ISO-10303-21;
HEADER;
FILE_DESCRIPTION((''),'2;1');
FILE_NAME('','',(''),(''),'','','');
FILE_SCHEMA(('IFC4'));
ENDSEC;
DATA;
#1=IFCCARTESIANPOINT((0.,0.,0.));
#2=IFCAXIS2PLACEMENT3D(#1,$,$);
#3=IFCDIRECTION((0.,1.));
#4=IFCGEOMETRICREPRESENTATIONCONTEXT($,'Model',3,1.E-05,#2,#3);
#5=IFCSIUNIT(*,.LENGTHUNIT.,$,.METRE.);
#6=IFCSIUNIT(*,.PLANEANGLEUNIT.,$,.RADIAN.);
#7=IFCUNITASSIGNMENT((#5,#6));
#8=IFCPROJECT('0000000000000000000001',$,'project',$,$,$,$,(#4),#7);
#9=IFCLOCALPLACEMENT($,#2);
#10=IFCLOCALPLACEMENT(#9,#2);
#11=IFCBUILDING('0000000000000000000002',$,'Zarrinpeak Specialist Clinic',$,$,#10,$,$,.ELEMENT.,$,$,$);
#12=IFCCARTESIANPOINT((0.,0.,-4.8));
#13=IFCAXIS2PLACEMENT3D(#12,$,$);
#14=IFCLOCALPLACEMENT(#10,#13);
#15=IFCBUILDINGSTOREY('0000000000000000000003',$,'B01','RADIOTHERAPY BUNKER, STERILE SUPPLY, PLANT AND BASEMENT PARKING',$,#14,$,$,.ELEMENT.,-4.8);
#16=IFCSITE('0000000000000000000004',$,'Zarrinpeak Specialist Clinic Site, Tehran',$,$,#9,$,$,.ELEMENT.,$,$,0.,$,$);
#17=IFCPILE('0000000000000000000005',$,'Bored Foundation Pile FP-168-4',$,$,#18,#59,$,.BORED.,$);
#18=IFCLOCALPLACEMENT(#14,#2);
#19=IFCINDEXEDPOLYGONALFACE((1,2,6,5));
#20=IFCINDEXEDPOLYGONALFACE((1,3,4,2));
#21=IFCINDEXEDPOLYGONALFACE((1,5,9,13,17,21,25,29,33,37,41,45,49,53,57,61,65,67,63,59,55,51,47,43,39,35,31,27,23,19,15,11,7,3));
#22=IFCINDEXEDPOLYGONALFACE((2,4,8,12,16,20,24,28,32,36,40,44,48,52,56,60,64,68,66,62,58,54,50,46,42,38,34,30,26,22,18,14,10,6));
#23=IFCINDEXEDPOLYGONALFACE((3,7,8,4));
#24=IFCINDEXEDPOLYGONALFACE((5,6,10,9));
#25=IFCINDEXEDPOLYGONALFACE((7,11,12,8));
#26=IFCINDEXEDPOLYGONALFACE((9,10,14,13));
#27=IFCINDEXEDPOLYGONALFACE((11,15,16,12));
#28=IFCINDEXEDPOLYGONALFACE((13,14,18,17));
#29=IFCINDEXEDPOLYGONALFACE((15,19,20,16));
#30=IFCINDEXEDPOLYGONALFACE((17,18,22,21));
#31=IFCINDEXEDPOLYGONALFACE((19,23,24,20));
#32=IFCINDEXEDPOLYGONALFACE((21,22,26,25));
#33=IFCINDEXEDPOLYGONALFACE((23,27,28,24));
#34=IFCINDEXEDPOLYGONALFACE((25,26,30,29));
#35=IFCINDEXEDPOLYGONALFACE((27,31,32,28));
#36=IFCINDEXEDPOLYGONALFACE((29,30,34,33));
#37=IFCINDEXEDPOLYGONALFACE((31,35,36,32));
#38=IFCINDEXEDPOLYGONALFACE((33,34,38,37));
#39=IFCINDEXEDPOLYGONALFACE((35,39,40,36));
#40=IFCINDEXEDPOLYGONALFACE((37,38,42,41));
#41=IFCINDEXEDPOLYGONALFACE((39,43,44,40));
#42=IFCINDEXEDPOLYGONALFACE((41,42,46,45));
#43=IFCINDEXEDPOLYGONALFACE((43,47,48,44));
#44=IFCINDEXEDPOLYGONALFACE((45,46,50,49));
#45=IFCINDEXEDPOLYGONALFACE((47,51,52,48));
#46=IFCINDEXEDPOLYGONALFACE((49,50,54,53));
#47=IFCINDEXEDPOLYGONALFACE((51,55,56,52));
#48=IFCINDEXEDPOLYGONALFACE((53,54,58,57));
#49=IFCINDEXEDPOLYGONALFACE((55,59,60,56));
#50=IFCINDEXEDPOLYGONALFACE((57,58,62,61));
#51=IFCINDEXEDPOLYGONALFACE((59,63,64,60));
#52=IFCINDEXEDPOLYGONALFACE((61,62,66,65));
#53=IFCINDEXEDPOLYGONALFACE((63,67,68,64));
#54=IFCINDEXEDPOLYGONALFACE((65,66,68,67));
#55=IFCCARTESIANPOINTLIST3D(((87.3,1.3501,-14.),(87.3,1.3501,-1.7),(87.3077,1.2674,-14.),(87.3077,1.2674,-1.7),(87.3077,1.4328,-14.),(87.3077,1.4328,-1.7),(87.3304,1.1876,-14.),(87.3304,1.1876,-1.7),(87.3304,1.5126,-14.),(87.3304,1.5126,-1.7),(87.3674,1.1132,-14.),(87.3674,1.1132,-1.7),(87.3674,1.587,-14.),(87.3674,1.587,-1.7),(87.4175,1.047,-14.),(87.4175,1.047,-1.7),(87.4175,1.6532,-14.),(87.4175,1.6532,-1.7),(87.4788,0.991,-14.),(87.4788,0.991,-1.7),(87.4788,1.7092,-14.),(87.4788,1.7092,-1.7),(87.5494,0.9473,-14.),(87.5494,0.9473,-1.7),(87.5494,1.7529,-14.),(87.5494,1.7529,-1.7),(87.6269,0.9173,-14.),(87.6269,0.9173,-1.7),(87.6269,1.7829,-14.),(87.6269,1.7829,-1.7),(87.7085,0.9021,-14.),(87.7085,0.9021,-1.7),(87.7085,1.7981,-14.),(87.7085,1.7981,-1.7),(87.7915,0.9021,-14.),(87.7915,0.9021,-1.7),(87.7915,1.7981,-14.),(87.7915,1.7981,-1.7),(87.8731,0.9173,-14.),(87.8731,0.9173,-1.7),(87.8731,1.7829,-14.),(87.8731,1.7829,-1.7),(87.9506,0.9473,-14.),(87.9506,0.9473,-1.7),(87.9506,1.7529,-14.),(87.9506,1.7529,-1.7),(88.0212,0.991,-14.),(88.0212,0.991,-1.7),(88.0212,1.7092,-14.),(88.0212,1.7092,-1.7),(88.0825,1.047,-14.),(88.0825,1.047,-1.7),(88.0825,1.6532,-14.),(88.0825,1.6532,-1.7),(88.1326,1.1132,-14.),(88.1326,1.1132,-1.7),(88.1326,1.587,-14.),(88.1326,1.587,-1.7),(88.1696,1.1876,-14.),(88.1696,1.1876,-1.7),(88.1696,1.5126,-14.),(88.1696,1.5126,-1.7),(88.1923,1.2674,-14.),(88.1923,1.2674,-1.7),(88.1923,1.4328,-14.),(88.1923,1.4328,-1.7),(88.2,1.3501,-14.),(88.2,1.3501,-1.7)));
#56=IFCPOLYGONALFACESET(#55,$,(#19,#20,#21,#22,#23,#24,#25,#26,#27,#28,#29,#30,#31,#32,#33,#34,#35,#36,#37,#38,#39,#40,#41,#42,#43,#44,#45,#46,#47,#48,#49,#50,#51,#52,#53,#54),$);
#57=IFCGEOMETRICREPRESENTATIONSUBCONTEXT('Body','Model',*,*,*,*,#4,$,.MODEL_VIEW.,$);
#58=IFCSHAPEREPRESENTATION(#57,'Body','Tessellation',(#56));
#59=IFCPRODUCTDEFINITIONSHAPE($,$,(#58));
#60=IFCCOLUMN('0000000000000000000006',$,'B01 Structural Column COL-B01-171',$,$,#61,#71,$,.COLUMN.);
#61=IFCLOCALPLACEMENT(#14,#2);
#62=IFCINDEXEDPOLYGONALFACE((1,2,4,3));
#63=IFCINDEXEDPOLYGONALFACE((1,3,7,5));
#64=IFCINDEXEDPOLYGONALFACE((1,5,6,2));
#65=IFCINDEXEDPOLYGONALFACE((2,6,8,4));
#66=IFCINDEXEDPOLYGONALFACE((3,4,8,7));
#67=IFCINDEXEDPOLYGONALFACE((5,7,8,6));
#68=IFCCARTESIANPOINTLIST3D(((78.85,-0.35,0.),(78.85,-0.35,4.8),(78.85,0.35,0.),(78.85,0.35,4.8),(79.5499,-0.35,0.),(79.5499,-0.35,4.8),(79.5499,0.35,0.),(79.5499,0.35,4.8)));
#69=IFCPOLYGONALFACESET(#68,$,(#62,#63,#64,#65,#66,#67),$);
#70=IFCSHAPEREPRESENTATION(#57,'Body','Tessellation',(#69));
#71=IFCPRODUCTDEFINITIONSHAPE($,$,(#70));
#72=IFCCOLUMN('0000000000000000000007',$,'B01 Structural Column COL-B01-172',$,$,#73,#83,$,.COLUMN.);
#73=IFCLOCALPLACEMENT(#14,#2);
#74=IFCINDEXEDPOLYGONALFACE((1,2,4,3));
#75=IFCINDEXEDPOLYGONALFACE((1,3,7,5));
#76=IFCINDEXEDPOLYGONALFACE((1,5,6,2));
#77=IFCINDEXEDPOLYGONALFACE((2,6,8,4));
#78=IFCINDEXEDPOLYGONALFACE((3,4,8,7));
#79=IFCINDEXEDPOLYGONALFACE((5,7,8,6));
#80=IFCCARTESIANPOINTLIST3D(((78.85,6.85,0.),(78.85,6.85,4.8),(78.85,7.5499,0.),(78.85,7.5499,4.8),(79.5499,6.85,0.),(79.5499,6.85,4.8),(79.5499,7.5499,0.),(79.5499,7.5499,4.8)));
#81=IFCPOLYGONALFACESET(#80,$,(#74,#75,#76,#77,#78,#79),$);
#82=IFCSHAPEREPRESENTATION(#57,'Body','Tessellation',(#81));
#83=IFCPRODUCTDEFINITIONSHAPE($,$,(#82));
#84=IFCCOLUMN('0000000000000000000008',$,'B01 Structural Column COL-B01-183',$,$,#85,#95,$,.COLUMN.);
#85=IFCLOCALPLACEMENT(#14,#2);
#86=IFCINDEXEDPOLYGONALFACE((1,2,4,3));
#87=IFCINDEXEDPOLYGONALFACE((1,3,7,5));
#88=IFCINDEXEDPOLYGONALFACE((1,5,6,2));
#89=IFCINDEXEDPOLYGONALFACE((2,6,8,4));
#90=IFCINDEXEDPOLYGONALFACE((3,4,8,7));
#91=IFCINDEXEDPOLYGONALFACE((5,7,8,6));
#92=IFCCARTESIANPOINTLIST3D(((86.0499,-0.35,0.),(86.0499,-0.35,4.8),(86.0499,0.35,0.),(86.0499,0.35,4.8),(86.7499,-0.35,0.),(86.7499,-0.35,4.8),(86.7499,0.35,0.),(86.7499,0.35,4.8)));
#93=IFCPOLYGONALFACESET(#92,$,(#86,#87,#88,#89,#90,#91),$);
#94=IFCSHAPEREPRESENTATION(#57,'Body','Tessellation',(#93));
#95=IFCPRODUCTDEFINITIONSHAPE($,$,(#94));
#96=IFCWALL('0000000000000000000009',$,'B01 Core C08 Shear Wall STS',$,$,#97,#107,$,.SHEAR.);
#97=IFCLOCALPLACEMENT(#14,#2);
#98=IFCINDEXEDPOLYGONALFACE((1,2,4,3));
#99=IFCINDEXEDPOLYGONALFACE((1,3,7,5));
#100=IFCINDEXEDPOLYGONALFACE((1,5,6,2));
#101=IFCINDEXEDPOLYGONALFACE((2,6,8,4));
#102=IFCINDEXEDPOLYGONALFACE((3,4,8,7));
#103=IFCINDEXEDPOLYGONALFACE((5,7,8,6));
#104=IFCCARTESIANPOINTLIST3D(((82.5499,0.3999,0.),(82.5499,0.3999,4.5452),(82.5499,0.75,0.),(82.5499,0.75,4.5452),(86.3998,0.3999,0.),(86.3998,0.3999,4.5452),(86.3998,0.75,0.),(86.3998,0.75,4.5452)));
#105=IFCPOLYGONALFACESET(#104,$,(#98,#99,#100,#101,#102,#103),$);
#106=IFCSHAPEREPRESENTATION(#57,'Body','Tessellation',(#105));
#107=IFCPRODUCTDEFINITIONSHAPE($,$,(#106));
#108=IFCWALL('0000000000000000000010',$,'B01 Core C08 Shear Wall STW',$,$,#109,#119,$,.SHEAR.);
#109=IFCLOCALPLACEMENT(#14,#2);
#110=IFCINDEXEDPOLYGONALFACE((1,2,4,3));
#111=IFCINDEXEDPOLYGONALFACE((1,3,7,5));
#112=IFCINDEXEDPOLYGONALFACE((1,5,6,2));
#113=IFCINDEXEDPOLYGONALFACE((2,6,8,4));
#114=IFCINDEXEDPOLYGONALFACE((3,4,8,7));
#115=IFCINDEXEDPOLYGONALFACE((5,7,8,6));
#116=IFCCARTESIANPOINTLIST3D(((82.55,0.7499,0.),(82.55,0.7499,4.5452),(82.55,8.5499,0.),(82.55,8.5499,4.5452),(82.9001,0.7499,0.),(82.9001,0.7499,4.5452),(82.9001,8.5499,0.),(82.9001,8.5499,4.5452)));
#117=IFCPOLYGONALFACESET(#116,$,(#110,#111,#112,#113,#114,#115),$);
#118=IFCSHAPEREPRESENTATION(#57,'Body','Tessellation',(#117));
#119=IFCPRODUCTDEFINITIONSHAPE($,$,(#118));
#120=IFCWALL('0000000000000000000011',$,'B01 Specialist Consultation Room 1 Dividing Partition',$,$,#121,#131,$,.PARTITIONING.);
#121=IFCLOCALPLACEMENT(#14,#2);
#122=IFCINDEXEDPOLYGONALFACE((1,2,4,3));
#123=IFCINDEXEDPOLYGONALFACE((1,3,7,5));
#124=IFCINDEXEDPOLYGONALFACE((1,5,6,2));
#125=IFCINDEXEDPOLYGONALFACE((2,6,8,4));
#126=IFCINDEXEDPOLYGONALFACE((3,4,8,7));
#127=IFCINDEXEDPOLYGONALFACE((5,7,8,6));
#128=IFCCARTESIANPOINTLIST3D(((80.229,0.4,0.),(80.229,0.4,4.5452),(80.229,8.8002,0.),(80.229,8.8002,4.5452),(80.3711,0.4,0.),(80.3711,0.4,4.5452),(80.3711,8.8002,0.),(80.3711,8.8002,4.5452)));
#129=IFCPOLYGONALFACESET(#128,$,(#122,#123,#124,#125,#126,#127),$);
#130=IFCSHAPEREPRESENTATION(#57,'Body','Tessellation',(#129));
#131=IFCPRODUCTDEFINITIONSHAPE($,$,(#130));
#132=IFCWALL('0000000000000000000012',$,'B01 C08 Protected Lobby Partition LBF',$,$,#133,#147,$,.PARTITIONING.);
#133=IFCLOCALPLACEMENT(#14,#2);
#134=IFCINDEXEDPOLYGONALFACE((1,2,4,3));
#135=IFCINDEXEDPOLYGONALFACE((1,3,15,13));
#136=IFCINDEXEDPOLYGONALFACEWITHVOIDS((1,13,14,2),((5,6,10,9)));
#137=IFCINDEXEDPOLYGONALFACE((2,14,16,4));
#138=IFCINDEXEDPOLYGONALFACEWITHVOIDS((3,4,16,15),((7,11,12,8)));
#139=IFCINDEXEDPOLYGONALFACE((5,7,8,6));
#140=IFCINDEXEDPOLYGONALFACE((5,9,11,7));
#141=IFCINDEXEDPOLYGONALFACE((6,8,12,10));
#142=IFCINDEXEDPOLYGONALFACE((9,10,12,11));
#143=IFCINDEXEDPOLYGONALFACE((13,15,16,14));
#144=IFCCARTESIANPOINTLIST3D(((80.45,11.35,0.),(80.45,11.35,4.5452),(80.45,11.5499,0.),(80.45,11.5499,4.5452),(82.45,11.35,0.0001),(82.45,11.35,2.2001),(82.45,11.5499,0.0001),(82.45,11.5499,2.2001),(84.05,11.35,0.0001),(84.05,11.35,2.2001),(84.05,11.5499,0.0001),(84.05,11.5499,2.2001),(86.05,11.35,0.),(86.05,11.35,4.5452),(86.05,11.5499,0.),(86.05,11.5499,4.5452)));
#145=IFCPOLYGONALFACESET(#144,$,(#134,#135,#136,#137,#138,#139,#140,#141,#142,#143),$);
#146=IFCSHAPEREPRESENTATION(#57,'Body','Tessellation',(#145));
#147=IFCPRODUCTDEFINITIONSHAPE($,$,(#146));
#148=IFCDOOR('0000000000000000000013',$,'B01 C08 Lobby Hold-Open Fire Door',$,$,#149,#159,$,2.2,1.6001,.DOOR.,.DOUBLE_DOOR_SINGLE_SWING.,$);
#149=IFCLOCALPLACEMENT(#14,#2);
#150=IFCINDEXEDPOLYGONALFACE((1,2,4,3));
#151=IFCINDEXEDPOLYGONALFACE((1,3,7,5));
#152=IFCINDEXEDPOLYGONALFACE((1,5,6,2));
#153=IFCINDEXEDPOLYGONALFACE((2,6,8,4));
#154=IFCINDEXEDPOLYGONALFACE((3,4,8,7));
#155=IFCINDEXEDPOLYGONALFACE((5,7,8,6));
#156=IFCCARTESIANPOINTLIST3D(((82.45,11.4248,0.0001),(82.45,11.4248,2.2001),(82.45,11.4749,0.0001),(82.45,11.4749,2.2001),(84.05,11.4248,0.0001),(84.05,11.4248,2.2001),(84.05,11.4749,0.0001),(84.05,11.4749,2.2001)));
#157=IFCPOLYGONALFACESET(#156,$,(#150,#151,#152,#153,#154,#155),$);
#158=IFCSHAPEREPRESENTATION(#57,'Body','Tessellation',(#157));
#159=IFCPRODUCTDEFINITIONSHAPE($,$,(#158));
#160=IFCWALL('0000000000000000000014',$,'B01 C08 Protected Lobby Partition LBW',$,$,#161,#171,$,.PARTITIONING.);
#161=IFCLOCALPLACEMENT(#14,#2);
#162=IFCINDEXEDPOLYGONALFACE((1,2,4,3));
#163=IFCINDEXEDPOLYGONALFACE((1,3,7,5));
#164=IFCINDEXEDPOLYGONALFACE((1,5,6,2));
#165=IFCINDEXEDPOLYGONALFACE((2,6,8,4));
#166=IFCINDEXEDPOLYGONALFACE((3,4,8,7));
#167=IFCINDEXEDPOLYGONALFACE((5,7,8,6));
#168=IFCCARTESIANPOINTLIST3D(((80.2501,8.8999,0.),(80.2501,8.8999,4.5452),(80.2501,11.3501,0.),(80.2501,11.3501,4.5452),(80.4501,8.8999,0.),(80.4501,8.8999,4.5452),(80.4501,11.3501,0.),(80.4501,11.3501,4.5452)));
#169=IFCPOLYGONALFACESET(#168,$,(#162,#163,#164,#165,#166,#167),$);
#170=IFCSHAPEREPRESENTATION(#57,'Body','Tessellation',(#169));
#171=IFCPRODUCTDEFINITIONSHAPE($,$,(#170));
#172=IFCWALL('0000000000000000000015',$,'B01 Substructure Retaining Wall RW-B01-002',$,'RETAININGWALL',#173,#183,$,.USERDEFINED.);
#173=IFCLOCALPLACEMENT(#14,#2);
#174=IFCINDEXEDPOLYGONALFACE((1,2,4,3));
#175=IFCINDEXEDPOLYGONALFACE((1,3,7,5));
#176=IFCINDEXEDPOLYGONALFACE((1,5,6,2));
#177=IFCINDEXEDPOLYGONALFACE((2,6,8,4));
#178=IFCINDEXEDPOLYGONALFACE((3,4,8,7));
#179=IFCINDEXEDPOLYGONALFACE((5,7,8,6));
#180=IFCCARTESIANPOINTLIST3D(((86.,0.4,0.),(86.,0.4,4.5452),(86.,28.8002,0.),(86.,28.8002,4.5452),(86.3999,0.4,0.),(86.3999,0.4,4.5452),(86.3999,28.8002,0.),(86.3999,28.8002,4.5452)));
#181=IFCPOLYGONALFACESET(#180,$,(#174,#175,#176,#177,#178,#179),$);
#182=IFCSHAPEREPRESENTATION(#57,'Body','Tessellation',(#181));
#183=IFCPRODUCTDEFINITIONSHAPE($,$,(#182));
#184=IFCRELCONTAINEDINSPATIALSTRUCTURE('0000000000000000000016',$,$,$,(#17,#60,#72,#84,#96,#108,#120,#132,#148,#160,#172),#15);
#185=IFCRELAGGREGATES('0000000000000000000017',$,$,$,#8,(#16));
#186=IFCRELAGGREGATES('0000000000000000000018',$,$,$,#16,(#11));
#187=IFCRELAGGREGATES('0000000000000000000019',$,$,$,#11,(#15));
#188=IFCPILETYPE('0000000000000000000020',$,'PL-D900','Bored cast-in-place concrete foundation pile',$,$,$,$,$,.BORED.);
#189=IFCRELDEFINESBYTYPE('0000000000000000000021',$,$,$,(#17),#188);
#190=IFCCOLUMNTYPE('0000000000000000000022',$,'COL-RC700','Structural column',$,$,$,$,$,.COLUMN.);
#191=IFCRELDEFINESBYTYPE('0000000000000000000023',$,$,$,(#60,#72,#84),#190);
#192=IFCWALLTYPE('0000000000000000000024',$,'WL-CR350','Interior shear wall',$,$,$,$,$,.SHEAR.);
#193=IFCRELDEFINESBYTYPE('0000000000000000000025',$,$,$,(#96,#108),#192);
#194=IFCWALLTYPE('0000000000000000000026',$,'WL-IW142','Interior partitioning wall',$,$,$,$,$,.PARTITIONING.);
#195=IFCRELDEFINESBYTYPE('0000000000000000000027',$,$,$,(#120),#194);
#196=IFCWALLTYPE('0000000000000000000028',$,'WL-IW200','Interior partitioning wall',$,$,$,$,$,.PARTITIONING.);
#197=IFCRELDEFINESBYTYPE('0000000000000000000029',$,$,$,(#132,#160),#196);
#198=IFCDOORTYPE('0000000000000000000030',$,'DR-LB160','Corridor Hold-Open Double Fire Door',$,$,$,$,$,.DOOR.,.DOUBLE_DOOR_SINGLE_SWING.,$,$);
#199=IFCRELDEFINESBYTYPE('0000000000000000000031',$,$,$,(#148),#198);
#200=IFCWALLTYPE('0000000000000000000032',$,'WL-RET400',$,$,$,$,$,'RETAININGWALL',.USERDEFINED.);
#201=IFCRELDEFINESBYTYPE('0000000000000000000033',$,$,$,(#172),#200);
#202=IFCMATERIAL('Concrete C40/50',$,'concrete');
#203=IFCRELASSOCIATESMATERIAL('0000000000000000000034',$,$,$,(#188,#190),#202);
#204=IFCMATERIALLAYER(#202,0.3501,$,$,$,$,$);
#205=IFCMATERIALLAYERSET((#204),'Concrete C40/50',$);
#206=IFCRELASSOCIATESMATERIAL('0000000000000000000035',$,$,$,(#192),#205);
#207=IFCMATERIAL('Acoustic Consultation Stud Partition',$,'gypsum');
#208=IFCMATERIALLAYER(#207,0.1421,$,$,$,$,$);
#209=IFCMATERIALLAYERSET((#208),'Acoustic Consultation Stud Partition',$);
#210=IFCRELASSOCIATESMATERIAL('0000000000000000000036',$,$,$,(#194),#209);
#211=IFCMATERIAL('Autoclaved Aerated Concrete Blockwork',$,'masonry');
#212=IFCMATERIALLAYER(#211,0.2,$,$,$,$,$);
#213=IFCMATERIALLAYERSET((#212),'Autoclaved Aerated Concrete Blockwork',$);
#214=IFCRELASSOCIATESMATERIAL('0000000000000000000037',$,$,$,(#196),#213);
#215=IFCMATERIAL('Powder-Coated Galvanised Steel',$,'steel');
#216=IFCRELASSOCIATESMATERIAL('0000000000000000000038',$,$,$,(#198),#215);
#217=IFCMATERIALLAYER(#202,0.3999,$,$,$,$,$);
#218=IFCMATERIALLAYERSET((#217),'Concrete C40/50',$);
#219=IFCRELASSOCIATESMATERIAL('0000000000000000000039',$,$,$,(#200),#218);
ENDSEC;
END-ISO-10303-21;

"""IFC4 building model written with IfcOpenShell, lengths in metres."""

from ifc_helpers import new_model, si_unit, direction, frame, frame_2d, origin, origin_2d, place, context, subcontext, project, spatial, rectangle, circle, extrude, material, layer, layer_set, material_profile, profile_set, type_object, element, fill, save


model = new_model("IFC4")

# Units and contexts
model_context = context("Model", 3, precision=1e-05, world=origin(), true_north=direction((0.0, 1.0)))
body_context = subcontext(model_context, "Body", "Model", "MODEL_VIEW")
ifc_project = project(units=[si_unit("LENGTHUNIT", "METRE"), si_unit("PLANEANGLEUNIT", "RADIAN")], contexts=[model_context])

# Site, building, storey
site_placement = place(None, origin())
site = spatial("IfcSite", under=ifc_project, at=site_placement, Name="Zarrinpeak Specialist Clinic Site, Tehran", CompositionType="ELEMENT", RefElevation=0.0)
building_placement = place(site_placement, origin())
building = spatial("IfcBuilding", under=site, at=building_placement, Name="Zarrinpeak Specialist Clinic", CompositionType="ELEMENT")
storey_placement = place(building_placement, frame((0.0, 0.0, -4.8)))
storey = spatial("IfcBuildingStorey", under=building, at=storey_placement, Name="B01", Description="RADIOTHERAPY BUNKER, STERILE SUPPLY, PLANT AND BASEMENT PARKING", CompositionType="ELEMENT", Elevation=-4.8)

# Shared definitions
ifc_material_1 = material(Name="Concrete C40/50", Category="concrete")

# Pile
ifc_material_profile_1 = material_profile(ifc_material_1, circle(Radius=0.45, at=origin_2d()), Name="BORED PILE D900")
ifc_profile_set_1 = profile_set([ifc_material_profile_1], Name="Concrete C40/50")
pile_type = type_object("IfcPileType", Name="PL-D900", Description="Bored cast-in-place concrete foundation pile", PredefinedType="BORED", material=ifc_profile_set_1)
for number, where, z_axis, x_axis, name in (
    (1, (87.75, 1.3501, -1.7), (0.0, 0.0, -1.0), (1.0, 0.0, 0.0), "Bored Foundation Pile FP-168-4"),
):
    element("IfcPile", number, at=place(storey_placement, frame(where, z_axis=z_axis, x_axis=x_axis)), inside=storey, type_object=pile_type, Name=name, PredefinedType="BORED", context=body_context, shape_type="SweptSolid", body=[
        extrude(circle(Radius=0.45, at=origin_2d()), origin(), (0.0, 0.0, 1.0), 12.3),
    ])

# Columns
ifc_material_profile_2 = material_profile(ifc_material_1, rectangle(XDim=0.7, YDim=0.7, at=origin_2d()), Name="RC 700x700")
ifc_profile_set_2 = profile_set([ifc_material_profile_2], Name="Concrete C40/50")
column_type = type_object("IfcColumnType", Name="COL-RC700", Description="Structural column", PredefinedType="COLUMN", material=ifc_profile_set_2)
for number, where, z_axis, x_axis, name in (
    (2, (79.2, 0.0, 0.0), (0.0, 0.0, 1.0), (1.0, 0.0, 0.0), "B01 Structural Column COL-B01-171"),
    (3, (79.2, 7.2, 0.0), (0.0, 0.0, 1.0), (1.0, 0.0, 0.0), "B01 Structural Column COL-B01-172"),
    (4, (86.3999, 0.0, 0.0), (0.0, 0.0, 1.0), (1.0, 0.0, 0.0), "B01 Structural Column COL-B01-183"),
):
    element("IfcColumn", number, at=place(storey_placement, frame(where, z_axis=z_axis, x_axis=x_axis)), inside=storey, type_object=column_type, Name=name, PredefinedType="COLUMN", context=body_context, shape_type="SweptSolid", body=[
        extrude(rectangle(XDim=0.7, YDim=0.7, at=origin_2d()), origin(), (0.0, 0.0, 1.0), 4.8),
    ])

# Wall
ifc_layer_1 = layer(ifc_material_1, 0.3501)
ifc_layer_set_1 = layer_set([ifc_layer_1], Name="Concrete C40/50")
wall_type_1 = type_object("IfcWallType", Name="WL-CR350", Description="Interior shear wall", PredefinedType="SHEAR", material=ifc_layer_set_1)
wall_1_placement = place(storey_placement, frame((82.55, 0.575, 0.0), z_axis=(0.0, 0.0, 1.0), x_axis=(1.0, 0.0, 0.0)))
element("IfcWall", 5, at=wall_1_placement, inside=storey, type_object=wall_type_1, Name="B01 Core C08 Shear Wall STS", PredefinedType="SHEAR", context=body_context, shape_type="SweptSolid", body=[
    extrude(rectangle(XDim=3.8499, YDim=0.3501, at=frame_2d((1.9248, 0.0))), origin(), (0.0, 0.0, 1.0), 4.5452),
])

# Shared definitions
ifc_material_2 = material(Name="Powder-Coated Galvanised Steel", Category="steel")

# Walls
wall_2_placement = place(storey_placement, frame((82.7251, 0.75, 0.0), z_axis=(0.0, 0.0, 1.0), x_axis=(0.0, 1.0, 0.0)))
element("IfcWall", 6, at=wall_2_placement, inside=storey, type_object=wall_type_1, Name="B01 Core C08 Shear Wall STW", PredefinedType="SHEAR", context=body_context, shape_type="SweptSolid", body=[
    extrude(rectangle(XDim=7.8, YDim=0.3501, at=frame_2d((3.8999, 0.0))), origin(), (0.0, 0.0, 1.0), 4.5452),
])
ifc_material_3 = material(Name="Acoustic Consultation Stud Partition", Category="gypsum")
ifc_layer_2 = layer(ifc_material_3, 0.1421)
ifc_layer_set_2 = layer_set([ifc_layer_2], Name="Acoustic Consultation Stud Partition")
wall_type_2 = type_object("IfcWallType", Name="WL-IW142", Description="Interior partitioning wall", PredefinedType="PARTITIONING", material=ifc_layer_set_2)
wall_3_placement = place(storey_placement, frame((80.3, 0.3999, 0.0), z_axis=(0.0, 0.0, 1.0), x_axis=(0.0, 1.0, 0.0)))
element("IfcWall", 7, at=wall_3_placement, inside=storey, type_object=wall_type_2, Name="B01 Specialist Consultation Room 1 Dividing Partition", PredefinedType="PARTITIONING", context=body_context, shape_type="SweptSolid", body=[
    extrude(rectangle(XDim=8.4001, YDim=0.1421, at=frame_2d((4.2002, 0.0))), origin(), (0.0, 0.0, 1.0), 4.5452),
])

# Wall, opening, door
ifc_material_4 = material(Name="Autoclaved Aerated Concrete Blockwork", Category="masonry")
ifc_layer_3 = layer(ifc_material_4, 0.2)
ifc_layer_set_3 = layer_set([ifc_layer_3], Name="Autoclaved Aerated Concrete Blockwork")
wall_type_3 = type_object("IfcWallType", Name="WL-IW200", Description="Interior partitioning wall", PredefinedType="PARTITIONING", material=ifc_layer_set_3)
wall_4_placement = place(storey_placement, frame((80.45, 11.45, 0.0), z_axis=(0.0, 0.0, 1.0), x_axis=(1.0, 0.0, 0.0)))
wall_4 = element("IfcWall", 8, at=wall_4_placement, inside=storey, type_object=wall_type_3, Name="B01 C08 Protected Lobby Partition LBF", PredefinedType="PARTITIONING", context=body_context, shape_type="SweptSolid", body=[
    extrude(rectangle(XDim=5.6001, YDim=0.2, at=frame_2d((2.8, 0.0))), origin(), (0.0, 0.0, 1.0), 4.5452),
])
opening_1_placement = place(wall_4_placement, frame((2.0, 0.0, 0.0)))
opening_1 = element("IfcOpeningElement", 9, at=opening_1_placement, cuts=wall_4, PredefinedType="OPENING", context=body_context, shape_type="SweptSolid", body=[
    extrude(rectangle(XDim=1.6001, YDim=2.2, at=frame_2d((0.8, 1.1001))), frame((0.0, 0.1099, 0.0), z_axis=(0.0, -1.0, 0.0), x_axis=(1.0, 0.0, 0.0)), (0.0, 0.0, 1.0), 0.22),
])
door_type_1 = type_object("IfcDoorType", Name="DR-LB160", Description="Corridor Hold-Open Double Fire Door", OperationType="DOUBLE_DOOR_SINGLE_SWING", PredefinedType="DOOR", material=ifc_material_2)
door_1_placement = place(opening_1_placement, origin())
door_1 = element("IfcDoor", 10, at=door_1_placement, inside=storey, type_object=door_type_1, Name="B01 C08 Lobby Hold-Open Fire Door", OperationType="DOUBLE_DOOR_SINGLE_SWING", OverallHeight=2.2, OverallWidth=1.6001, PredefinedType="DOOR", context=body_context, shape_type="SweptSolid", body=[
    extrude(rectangle(XDim=1.6001, YDim=2.2, at=frame_2d((0.8, 1.1001))), frame((0.0, 0.0249, 0.0), z_axis=(0.0, -1.0, 0.0), x_axis=(1.0, 0.0, 0.0)), (0.0, 0.0, 1.0), 0.05),
])
fill(opening_1, door_1)

# Walls
wall_5_placement = place(storey_placement, frame((80.3501, 8.8999, 0.0), z_axis=(0.0, 0.0, 1.0), x_axis=(0.0, 1.0, 0.0)))
element("IfcWall", 11, at=wall_5_placement, inside=storey, type_object=wall_type_3, Name="B01 C08 Protected Lobby Partition LBW", PredefinedType="PARTITIONING", context=body_context, shape_type="SweptSolid", body=[
    extrude(rectangle(XDim=2.4502, YDim=0.2, at=frame_2d((1.2251, 0.0))), origin(), (0.0, 0.0, 1.0), 4.5452),
])
ifc_layer_4 = layer(ifc_material_1, 0.3999)
ifc_layer_set_4 = layer_set([ifc_layer_4], Name="Concrete C40/50")
wall_type_4 = type_object("IfcWallType", Name="WL-RET400", ElementType="RETAININGWALL", PredefinedType="USERDEFINED", material=ifc_layer_set_4)
wall_6_placement = place(storey_placement, frame((86.2, 0.3999, 0.0), z_axis=(0.0, 0.0, 1.0), x_axis=(0.0, 1.0, 0.0)))
element("IfcWall", 12, at=wall_6_placement, inside=storey, type_object=wall_type_4, Name="B01 Substructure Retaining Wall RW-B01-002", ObjectType="RETAININGWALL", PredefinedType="USERDEFINED", context=body_context, shape_type="SweptSolid", body=[
    extrude(rectangle(XDim=28.4001, YDim=0.3999, at=frame_2d((14.2002, 0.0))), origin(), (0.0, 0.0, 1.0), 4.5452),
])

save(model, "model.ifc")
